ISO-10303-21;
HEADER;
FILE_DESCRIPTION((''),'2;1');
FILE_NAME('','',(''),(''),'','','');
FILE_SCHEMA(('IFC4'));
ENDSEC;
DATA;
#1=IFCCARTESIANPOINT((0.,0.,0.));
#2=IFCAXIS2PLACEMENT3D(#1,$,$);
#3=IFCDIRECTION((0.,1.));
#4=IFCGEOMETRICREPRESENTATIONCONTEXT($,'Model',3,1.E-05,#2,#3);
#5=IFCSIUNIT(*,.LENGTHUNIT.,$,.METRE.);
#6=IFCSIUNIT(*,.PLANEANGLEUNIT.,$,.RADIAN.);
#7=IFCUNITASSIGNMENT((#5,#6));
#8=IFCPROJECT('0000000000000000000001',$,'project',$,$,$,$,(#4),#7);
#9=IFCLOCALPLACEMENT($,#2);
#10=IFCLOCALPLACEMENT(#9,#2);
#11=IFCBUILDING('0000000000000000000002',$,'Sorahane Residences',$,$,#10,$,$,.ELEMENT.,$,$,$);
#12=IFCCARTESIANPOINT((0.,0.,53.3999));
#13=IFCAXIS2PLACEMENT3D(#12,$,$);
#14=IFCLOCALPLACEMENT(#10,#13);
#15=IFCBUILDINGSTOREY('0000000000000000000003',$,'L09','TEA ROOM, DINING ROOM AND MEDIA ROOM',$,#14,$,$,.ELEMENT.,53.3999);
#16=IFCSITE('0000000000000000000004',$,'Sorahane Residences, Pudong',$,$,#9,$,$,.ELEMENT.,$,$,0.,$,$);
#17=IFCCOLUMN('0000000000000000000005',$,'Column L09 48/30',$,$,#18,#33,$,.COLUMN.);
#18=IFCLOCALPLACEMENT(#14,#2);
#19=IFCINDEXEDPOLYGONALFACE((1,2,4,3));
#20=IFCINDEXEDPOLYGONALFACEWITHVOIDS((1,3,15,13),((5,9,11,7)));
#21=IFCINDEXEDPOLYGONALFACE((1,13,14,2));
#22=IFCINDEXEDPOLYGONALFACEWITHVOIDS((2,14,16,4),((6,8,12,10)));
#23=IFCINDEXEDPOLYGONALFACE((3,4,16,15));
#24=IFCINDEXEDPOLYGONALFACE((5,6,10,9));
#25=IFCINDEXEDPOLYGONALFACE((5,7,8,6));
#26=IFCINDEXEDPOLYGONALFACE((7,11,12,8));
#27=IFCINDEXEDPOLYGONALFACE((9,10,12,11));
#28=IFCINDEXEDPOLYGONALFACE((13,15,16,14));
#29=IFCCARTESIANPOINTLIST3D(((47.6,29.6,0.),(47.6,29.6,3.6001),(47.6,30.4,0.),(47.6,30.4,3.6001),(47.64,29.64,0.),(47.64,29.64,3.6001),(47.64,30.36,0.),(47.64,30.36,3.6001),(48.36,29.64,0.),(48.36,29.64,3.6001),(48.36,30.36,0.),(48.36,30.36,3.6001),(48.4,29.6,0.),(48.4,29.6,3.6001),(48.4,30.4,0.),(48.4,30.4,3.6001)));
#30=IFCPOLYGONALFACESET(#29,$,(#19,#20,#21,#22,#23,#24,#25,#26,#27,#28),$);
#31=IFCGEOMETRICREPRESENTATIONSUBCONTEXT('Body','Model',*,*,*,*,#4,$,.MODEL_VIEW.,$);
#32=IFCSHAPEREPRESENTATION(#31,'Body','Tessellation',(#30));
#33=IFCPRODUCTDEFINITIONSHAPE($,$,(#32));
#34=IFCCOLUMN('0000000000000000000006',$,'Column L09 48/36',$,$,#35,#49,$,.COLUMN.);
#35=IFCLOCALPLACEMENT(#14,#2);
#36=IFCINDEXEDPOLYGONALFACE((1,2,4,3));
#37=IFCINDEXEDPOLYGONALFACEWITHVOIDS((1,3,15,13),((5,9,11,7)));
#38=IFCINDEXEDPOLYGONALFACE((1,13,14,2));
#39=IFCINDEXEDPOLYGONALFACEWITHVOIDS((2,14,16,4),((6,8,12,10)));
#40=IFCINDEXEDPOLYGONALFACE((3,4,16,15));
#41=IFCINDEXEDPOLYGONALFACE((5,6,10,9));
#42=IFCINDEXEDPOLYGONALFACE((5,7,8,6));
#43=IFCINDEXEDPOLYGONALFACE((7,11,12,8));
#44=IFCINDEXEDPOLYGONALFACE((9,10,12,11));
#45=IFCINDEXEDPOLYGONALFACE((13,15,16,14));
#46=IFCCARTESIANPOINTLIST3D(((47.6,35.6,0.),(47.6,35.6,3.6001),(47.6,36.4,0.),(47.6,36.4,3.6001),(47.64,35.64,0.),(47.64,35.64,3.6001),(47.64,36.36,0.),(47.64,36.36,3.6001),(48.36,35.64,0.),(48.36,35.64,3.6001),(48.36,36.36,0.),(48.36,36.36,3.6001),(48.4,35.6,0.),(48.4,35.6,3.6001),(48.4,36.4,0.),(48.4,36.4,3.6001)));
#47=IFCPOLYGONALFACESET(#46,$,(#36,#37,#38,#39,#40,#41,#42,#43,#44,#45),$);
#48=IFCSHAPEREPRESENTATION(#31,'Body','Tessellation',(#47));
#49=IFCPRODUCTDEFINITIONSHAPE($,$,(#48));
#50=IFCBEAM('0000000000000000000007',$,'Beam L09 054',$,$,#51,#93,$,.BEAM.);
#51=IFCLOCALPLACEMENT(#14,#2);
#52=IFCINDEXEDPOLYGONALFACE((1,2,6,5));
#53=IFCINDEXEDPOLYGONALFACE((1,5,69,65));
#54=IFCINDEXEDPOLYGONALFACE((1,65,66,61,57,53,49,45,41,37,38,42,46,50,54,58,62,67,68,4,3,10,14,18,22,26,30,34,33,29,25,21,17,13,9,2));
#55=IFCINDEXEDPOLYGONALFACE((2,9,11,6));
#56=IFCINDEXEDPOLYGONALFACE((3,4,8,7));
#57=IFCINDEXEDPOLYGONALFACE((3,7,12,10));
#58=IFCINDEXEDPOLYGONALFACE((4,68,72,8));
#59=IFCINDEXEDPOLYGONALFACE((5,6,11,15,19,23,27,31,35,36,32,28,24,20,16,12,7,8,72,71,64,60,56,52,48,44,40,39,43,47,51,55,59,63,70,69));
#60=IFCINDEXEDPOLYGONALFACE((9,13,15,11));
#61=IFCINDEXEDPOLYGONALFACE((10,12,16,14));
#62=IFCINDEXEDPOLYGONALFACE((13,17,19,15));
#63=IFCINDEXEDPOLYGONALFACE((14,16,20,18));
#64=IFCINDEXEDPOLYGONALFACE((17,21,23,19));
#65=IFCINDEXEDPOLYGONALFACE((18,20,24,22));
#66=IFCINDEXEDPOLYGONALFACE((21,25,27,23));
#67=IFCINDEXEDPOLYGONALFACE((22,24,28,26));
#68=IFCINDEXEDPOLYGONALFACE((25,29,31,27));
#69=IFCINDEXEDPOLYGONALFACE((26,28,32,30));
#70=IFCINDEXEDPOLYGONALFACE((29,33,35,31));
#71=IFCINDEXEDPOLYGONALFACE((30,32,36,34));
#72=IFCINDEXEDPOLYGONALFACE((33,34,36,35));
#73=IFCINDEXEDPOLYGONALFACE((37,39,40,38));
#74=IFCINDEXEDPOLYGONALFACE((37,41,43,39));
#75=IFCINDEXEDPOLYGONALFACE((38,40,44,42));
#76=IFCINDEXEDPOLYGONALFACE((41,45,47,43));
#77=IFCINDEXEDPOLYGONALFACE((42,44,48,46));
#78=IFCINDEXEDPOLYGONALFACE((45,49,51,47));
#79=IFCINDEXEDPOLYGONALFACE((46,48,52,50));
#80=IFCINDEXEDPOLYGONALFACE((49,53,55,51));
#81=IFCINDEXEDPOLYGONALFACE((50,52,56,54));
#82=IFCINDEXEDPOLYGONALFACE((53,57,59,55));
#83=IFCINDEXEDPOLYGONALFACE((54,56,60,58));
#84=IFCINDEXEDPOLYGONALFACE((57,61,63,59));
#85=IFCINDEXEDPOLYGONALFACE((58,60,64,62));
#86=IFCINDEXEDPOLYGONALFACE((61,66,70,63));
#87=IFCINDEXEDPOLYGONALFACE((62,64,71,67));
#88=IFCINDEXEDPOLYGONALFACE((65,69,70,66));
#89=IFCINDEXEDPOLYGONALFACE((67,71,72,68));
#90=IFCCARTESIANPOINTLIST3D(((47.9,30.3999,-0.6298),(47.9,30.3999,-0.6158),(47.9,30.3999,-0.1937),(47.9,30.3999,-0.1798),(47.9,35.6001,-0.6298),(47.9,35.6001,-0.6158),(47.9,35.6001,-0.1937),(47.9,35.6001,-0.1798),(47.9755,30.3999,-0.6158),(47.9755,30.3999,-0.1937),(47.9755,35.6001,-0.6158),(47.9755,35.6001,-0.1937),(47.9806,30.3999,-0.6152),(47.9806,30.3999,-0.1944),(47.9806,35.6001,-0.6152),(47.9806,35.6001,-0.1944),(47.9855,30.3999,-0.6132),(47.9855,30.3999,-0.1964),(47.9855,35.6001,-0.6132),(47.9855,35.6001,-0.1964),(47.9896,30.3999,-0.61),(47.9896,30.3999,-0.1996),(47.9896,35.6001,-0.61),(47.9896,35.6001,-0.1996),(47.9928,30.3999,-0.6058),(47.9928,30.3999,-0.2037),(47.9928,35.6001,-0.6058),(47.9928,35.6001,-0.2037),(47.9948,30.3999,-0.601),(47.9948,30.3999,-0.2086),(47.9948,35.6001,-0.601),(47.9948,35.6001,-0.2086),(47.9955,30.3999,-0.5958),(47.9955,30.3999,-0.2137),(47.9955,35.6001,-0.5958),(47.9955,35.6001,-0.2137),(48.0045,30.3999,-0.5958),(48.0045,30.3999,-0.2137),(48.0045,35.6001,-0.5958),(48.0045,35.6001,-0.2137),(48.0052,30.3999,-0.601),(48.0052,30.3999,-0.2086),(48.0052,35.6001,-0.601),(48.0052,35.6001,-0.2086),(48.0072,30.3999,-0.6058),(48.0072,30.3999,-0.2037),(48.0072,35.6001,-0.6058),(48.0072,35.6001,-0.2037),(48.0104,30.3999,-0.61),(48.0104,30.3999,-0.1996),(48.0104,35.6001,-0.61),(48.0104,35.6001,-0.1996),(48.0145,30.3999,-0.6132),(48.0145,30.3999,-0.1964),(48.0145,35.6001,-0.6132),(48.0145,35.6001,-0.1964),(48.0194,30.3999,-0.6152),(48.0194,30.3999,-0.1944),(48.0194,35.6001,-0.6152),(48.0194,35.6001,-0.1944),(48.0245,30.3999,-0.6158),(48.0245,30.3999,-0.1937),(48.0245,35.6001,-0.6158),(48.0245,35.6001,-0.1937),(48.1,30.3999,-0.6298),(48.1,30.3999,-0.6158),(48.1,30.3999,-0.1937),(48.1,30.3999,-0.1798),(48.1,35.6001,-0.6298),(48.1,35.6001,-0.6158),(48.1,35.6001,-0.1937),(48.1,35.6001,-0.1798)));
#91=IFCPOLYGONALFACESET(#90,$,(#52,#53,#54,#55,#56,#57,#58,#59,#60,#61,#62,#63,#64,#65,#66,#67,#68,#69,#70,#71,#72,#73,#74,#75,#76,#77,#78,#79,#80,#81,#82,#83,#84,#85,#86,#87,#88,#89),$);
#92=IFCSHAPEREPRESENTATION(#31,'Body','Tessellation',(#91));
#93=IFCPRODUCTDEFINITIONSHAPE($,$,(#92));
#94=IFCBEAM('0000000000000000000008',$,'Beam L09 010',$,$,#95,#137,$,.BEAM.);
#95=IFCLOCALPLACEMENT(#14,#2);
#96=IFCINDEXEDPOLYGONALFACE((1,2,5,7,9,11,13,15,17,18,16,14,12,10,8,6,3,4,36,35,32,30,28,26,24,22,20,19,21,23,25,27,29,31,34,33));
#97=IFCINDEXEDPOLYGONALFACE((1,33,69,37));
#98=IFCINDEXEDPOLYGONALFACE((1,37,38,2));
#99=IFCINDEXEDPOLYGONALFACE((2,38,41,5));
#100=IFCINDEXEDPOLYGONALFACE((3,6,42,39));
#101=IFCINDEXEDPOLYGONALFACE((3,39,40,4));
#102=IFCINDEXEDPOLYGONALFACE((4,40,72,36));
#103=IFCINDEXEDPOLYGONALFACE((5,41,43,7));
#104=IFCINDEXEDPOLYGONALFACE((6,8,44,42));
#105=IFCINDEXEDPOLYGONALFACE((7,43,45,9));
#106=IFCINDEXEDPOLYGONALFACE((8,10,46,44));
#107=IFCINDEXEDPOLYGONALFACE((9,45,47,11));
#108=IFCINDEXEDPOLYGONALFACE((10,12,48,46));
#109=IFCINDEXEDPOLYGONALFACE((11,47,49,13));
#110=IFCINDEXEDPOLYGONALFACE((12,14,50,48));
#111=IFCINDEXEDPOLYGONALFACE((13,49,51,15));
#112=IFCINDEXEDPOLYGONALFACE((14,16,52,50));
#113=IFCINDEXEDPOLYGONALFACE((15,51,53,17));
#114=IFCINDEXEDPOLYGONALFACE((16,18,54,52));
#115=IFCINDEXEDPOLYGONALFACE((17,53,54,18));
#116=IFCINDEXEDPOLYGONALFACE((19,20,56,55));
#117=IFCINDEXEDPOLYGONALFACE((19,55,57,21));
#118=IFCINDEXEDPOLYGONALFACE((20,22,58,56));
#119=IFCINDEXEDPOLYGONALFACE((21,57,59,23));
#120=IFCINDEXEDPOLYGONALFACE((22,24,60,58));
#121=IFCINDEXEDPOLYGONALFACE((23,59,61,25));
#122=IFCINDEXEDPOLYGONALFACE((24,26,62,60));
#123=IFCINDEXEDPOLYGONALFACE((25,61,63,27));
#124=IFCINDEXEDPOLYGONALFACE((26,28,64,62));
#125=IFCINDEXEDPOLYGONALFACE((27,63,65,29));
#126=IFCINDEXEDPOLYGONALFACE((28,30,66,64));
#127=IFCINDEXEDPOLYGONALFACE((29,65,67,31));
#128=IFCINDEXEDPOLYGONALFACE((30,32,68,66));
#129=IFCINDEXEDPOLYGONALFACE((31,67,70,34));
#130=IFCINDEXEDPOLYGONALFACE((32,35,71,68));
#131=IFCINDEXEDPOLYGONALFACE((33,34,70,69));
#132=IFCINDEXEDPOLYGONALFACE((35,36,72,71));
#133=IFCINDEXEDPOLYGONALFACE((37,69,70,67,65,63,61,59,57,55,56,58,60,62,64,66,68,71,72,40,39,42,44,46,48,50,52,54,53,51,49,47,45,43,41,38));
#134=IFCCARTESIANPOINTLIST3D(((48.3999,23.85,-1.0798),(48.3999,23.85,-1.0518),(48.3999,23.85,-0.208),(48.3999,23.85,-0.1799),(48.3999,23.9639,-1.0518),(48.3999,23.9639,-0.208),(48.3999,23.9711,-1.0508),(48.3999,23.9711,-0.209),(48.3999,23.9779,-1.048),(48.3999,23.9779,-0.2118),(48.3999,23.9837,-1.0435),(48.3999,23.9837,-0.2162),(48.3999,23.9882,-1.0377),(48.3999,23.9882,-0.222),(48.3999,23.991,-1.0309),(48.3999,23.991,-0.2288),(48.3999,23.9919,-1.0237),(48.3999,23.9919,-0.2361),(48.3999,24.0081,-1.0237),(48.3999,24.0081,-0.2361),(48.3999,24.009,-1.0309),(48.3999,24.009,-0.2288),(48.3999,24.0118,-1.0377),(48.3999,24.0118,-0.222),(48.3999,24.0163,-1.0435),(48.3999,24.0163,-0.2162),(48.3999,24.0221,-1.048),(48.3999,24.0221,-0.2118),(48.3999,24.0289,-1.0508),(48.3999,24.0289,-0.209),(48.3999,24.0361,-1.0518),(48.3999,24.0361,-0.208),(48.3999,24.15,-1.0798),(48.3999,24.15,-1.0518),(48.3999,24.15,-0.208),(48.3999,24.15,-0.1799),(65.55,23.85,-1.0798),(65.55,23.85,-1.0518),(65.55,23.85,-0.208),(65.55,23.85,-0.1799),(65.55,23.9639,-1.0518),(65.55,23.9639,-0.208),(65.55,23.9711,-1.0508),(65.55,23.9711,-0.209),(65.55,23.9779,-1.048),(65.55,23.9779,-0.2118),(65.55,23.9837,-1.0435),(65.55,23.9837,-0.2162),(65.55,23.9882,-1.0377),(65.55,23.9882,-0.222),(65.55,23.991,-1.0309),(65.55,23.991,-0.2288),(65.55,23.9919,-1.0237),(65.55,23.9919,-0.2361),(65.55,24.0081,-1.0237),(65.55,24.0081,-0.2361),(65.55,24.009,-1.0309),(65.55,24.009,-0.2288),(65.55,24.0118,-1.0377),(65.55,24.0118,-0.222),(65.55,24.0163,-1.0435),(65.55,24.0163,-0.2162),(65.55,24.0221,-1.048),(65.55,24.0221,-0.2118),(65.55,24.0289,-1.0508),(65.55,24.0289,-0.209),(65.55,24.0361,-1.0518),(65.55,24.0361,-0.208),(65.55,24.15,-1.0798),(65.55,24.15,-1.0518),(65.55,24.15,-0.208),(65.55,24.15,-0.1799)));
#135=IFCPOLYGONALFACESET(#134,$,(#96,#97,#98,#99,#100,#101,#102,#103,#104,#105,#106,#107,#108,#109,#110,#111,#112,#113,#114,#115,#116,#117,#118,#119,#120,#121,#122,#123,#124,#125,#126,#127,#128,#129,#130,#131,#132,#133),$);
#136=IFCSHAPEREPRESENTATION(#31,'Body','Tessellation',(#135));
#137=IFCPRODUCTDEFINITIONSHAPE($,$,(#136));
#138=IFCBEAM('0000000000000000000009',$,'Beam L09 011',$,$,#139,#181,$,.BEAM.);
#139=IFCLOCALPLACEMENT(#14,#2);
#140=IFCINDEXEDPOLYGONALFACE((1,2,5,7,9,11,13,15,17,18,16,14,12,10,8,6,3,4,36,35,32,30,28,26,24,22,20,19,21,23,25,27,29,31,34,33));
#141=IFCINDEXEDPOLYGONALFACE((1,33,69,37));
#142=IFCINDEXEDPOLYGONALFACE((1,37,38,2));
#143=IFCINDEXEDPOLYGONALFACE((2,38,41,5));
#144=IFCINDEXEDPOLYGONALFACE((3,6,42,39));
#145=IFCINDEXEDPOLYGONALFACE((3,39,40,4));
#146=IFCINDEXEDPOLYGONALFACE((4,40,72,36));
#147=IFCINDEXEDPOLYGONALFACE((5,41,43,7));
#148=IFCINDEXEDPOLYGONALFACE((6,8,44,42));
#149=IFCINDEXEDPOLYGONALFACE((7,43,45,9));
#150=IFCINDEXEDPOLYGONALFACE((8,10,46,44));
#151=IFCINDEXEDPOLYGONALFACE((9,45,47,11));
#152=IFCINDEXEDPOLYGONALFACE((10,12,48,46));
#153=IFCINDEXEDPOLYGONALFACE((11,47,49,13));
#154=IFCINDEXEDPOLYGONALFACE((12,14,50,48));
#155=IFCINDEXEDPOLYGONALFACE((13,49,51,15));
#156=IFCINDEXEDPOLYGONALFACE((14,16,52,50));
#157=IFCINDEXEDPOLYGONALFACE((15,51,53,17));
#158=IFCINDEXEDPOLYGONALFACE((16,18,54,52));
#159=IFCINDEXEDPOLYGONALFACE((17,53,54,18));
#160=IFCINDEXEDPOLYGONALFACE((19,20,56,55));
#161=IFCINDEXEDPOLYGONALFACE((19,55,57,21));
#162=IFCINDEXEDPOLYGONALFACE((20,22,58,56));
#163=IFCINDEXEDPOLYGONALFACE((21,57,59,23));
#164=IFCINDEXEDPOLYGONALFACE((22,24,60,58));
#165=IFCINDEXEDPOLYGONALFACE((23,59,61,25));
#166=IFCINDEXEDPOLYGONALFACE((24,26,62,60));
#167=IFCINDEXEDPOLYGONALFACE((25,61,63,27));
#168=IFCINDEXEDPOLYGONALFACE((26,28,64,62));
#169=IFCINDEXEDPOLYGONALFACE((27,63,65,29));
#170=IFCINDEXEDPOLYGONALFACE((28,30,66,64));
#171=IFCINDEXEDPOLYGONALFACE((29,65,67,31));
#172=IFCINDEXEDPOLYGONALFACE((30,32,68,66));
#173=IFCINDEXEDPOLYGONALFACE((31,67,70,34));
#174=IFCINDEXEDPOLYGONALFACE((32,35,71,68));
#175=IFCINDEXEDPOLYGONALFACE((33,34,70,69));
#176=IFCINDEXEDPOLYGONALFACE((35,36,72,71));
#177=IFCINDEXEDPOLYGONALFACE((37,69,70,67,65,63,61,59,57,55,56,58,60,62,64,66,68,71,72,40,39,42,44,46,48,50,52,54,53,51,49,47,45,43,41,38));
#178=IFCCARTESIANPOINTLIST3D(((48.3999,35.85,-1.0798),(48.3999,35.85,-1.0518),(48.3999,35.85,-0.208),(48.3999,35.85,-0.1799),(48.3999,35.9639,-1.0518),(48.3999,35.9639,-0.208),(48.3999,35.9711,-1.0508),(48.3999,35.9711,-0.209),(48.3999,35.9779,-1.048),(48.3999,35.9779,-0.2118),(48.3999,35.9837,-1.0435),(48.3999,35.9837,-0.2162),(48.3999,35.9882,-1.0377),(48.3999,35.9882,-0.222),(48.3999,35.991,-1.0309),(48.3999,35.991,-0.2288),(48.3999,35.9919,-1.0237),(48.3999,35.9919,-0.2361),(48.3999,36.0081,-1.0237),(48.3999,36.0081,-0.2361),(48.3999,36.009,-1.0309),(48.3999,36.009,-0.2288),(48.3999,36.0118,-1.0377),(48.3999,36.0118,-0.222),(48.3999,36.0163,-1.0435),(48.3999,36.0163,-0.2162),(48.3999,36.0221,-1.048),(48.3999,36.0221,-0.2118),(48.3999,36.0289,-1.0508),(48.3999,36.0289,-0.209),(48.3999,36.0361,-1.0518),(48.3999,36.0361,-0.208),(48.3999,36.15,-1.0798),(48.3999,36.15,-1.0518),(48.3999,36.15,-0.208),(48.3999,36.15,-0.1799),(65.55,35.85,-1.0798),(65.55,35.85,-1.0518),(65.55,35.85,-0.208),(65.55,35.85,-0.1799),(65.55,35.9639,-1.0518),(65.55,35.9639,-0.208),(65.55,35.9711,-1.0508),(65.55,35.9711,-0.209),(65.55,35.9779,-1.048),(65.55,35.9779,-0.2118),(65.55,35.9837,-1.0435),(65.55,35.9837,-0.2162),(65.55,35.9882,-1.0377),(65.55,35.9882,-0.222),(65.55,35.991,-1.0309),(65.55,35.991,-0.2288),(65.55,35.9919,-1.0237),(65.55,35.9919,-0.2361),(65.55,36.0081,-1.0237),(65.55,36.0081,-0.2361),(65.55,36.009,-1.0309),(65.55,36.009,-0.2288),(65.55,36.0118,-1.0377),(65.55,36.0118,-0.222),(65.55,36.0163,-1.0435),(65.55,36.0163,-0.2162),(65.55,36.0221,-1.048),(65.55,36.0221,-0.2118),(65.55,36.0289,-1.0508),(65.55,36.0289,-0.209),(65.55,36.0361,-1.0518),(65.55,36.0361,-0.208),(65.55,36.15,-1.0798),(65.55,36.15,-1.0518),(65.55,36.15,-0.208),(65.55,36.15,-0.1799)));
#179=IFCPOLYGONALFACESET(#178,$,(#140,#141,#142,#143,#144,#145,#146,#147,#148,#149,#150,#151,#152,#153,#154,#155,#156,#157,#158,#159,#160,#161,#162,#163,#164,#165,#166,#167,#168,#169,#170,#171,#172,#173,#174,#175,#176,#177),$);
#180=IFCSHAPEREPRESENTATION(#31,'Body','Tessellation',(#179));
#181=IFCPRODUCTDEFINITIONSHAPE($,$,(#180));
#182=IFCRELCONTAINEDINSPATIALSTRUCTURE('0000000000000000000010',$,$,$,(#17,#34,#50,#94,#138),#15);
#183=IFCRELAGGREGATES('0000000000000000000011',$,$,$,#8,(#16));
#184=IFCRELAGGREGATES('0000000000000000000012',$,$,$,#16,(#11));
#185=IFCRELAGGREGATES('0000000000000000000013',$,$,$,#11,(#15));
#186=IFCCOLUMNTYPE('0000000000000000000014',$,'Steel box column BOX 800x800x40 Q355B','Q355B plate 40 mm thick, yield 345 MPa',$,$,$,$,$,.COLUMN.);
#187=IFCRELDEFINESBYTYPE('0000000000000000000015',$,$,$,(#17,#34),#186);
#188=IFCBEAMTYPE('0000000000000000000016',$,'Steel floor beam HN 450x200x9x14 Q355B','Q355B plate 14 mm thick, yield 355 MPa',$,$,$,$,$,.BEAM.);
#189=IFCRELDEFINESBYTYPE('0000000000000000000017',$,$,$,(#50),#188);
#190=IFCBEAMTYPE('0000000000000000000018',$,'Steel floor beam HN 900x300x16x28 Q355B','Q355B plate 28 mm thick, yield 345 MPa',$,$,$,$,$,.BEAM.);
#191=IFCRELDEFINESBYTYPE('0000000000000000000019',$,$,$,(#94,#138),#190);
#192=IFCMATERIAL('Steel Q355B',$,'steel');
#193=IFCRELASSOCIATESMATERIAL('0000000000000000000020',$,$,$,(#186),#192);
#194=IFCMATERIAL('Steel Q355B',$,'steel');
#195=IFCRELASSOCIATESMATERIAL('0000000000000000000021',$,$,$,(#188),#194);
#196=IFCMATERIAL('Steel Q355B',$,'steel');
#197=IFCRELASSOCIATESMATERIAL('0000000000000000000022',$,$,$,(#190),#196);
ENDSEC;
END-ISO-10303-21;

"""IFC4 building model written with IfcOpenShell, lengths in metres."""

from ifc_helpers import new_model, si_unit, direction, frame, origin, origin_2d, place, context, subcontext, project, spatial, hollow_rectangle, i_section, extrude, material, material_profile, profile_set, type_object, element, save


model = new_model("IFC4")

# Units and contexts
model_context = context("Model", 3, precision=1e-05, world=origin(), true_north=direction((0.0, 1.0)))
body_context = subcontext(model_context, "Body", "Model", "MODEL_VIEW")
ifc_project = project(units=[si_unit("LENGTHUNIT", "METRE"), si_unit("PLANEANGLEUNIT", "RADIAN")], contexts=[model_context])

# Site, building, storey
site_placement = place(None, origin())
site = spatial("IfcSite", under=ifc_project, at=site_placement, Name="Sorahane Residences, Pudong", CompositionType="ELEMENT", RefElevation=0.0)
building_placement = place(site_placement, origin())
building = spatial("IfcBuilding", under=site, at=building_placement, Name="Sorahane Residences", CompositionType="ELEMENT")
storey_placement = place(building_placement, frame((0.0, 0.0, 53.3999)))
storey = spatial("IfcBuildingStorey", under=building, at=storey_placement, Name="L09", Description="TEA ROOM, DINING ROOM AND MEDIA ROOM", CompositionType="ELEMENT", Elevation=53.3999)

# Columns
ifc_material_1 = material(Name="Steel Q355B", Category="steel")
ifc_material_profile_1 = material_profile(ifc_material_1, hollow_rectangle(XDim=0.8, YDim=0.8, WallThickness=0.04, at=origin_2d()), Name="BOX 800x800x40")
ifc_profile_set_1 = profile_set([ifc_material_profile_1], Name="Steel Q355B")
column_type = type_object("IfcColumnType", Name="Steel box column BOX 800x800x40 Q355B", Description="Q355B plate 40 mm thick, yield 345 MPa", PredefinedType="COLUMN", material=ifc_profile_set_1)
for number, where, z_axis, x_axis, name in (
    (1, (48.0, 30.0, 0.0), (0.0, 0.0, 1.0), (1.0, 0.0, 0.0), "Column L09 48/30"),
    (2, (48.0, 36.0, 0.0), (0.0, 0.0, 1.0), (1.0, 0.0, 0.0), "Column L09 48/36"),
):
    element("IfcColumn", number, at=place(storey_placement, frame(where, z_axis=z_axis, x_axis=x_axis)), inside=storey, type_object=column_type, Name=name, PredefinedType="COLUMN", context=body_context, shape_type="SweptSolid", body=[
        extrude(hollow_rectangle(XDim=0.8, YDim=0.8, WallThickness=0.04, at=origin_2d()), origin(), (0.0, 0.0, 1.0), 3.6001),
    ])

# Beams
ifc_material_2 = material(Name="Steel Q355B", Category="steel")
ifc_material_profile_2 = material_profile(ifc_material_2, i_section(OverallWidth=0.2, OverallDepth=0.45, WebThickness=0.009, FlangeThickness=0.0139, FilletRadius=0.02, at=origin_2d()), Name="HN 450x200x9x14")
ifc_profile_set_2 = profile_set([ifc_material_profile_2], Name="Steel Q355B")
beam_type_1 = type_object("IfcBeamType", Name="Steel floor beam HN 450x200x9x14 Q355B", Description="Q355B plate 14 mm thick, yield 355 MPa", PredefinedType="BEAM", material=ifc_profile_set_2)
beam_1_placement = place(storey_placement, frame((48.0, 30.3999, -0.4048), z_axis=(0.0, 1.0, 0.0), x_axis=(-1.0, 0.0, 0.0)))
element("IfcBeam", 3, at=beam_1_placement, inside=storey, type_object=beam_type_1, Name="Beam L09 054", PredefinedType="BEAM", context=body_context, shape_type="SweptSolid", body=[
    extrude(i_section(OverallWidth=0.2, OverallDepth=0.45, WebThickness=0.009, FlangeThickness=0.0139, FilletRadius=0.02, at=origin_2d()), origin(), (0.0, 0.0, 1.0), 5.2002),
])
ifc_material_3 = material(Name="Steel Q355B", Category="steel")
ifc_material_profile_3 = material_profile(ifc_material_3, i_section(OverallWidth=0.3, OverallDepth=0.8999, WebThickness=0.0161, FlangeThickness=0.0281, FilletRadius=0.0281, at=origin_2d()), Name="HN 900x300x16x28")
ifc_profile_set_3 = profile_set([ifc_material_profile_3], Name="Steel Q355B")
beam_type_2 = type_object("IfcBeamType", Name="Steel floor beam HN 900x300x16x28 Q355B", Description="Q355B plate 28 mm thick, yield 345 MPa", PredefinedType="BEAM", material=ifc_profile_set_3)
for number, where, z_axis, x_axis, name in (
    (4, (48.3999, 24.0, -0.6299), (1.0, 0.0, 0.0), (0.0, 1.0, 0.0), "Beam L09 010"),
    (5, (48.3999, 36.0, -0.6299), (1.0, 0.0, 0.0), (0.0, 1.0, 0.0), "Beam L09 011"),
):
    element("IfcBeam", number, at=place(storey_placement, frame(where, z_axis=z_axis, x_axis=x_axis)), inside=storey, type_object=beam_type_2, Name=name, PredefinedType="BEAM", context=body_context, shape_type="SweptSolid", body=[
        extrude(i_section(OverallWidth=0.3, OverallDepth=0.8999, WebThickness=0.0161, FlangeThickness=0.0281, FilletRadius=0.0281, at=origin_2d()), origin(), (0.0, 0.0, 1.0), 17.1501),
    ])

save(model, "model.ifc")
